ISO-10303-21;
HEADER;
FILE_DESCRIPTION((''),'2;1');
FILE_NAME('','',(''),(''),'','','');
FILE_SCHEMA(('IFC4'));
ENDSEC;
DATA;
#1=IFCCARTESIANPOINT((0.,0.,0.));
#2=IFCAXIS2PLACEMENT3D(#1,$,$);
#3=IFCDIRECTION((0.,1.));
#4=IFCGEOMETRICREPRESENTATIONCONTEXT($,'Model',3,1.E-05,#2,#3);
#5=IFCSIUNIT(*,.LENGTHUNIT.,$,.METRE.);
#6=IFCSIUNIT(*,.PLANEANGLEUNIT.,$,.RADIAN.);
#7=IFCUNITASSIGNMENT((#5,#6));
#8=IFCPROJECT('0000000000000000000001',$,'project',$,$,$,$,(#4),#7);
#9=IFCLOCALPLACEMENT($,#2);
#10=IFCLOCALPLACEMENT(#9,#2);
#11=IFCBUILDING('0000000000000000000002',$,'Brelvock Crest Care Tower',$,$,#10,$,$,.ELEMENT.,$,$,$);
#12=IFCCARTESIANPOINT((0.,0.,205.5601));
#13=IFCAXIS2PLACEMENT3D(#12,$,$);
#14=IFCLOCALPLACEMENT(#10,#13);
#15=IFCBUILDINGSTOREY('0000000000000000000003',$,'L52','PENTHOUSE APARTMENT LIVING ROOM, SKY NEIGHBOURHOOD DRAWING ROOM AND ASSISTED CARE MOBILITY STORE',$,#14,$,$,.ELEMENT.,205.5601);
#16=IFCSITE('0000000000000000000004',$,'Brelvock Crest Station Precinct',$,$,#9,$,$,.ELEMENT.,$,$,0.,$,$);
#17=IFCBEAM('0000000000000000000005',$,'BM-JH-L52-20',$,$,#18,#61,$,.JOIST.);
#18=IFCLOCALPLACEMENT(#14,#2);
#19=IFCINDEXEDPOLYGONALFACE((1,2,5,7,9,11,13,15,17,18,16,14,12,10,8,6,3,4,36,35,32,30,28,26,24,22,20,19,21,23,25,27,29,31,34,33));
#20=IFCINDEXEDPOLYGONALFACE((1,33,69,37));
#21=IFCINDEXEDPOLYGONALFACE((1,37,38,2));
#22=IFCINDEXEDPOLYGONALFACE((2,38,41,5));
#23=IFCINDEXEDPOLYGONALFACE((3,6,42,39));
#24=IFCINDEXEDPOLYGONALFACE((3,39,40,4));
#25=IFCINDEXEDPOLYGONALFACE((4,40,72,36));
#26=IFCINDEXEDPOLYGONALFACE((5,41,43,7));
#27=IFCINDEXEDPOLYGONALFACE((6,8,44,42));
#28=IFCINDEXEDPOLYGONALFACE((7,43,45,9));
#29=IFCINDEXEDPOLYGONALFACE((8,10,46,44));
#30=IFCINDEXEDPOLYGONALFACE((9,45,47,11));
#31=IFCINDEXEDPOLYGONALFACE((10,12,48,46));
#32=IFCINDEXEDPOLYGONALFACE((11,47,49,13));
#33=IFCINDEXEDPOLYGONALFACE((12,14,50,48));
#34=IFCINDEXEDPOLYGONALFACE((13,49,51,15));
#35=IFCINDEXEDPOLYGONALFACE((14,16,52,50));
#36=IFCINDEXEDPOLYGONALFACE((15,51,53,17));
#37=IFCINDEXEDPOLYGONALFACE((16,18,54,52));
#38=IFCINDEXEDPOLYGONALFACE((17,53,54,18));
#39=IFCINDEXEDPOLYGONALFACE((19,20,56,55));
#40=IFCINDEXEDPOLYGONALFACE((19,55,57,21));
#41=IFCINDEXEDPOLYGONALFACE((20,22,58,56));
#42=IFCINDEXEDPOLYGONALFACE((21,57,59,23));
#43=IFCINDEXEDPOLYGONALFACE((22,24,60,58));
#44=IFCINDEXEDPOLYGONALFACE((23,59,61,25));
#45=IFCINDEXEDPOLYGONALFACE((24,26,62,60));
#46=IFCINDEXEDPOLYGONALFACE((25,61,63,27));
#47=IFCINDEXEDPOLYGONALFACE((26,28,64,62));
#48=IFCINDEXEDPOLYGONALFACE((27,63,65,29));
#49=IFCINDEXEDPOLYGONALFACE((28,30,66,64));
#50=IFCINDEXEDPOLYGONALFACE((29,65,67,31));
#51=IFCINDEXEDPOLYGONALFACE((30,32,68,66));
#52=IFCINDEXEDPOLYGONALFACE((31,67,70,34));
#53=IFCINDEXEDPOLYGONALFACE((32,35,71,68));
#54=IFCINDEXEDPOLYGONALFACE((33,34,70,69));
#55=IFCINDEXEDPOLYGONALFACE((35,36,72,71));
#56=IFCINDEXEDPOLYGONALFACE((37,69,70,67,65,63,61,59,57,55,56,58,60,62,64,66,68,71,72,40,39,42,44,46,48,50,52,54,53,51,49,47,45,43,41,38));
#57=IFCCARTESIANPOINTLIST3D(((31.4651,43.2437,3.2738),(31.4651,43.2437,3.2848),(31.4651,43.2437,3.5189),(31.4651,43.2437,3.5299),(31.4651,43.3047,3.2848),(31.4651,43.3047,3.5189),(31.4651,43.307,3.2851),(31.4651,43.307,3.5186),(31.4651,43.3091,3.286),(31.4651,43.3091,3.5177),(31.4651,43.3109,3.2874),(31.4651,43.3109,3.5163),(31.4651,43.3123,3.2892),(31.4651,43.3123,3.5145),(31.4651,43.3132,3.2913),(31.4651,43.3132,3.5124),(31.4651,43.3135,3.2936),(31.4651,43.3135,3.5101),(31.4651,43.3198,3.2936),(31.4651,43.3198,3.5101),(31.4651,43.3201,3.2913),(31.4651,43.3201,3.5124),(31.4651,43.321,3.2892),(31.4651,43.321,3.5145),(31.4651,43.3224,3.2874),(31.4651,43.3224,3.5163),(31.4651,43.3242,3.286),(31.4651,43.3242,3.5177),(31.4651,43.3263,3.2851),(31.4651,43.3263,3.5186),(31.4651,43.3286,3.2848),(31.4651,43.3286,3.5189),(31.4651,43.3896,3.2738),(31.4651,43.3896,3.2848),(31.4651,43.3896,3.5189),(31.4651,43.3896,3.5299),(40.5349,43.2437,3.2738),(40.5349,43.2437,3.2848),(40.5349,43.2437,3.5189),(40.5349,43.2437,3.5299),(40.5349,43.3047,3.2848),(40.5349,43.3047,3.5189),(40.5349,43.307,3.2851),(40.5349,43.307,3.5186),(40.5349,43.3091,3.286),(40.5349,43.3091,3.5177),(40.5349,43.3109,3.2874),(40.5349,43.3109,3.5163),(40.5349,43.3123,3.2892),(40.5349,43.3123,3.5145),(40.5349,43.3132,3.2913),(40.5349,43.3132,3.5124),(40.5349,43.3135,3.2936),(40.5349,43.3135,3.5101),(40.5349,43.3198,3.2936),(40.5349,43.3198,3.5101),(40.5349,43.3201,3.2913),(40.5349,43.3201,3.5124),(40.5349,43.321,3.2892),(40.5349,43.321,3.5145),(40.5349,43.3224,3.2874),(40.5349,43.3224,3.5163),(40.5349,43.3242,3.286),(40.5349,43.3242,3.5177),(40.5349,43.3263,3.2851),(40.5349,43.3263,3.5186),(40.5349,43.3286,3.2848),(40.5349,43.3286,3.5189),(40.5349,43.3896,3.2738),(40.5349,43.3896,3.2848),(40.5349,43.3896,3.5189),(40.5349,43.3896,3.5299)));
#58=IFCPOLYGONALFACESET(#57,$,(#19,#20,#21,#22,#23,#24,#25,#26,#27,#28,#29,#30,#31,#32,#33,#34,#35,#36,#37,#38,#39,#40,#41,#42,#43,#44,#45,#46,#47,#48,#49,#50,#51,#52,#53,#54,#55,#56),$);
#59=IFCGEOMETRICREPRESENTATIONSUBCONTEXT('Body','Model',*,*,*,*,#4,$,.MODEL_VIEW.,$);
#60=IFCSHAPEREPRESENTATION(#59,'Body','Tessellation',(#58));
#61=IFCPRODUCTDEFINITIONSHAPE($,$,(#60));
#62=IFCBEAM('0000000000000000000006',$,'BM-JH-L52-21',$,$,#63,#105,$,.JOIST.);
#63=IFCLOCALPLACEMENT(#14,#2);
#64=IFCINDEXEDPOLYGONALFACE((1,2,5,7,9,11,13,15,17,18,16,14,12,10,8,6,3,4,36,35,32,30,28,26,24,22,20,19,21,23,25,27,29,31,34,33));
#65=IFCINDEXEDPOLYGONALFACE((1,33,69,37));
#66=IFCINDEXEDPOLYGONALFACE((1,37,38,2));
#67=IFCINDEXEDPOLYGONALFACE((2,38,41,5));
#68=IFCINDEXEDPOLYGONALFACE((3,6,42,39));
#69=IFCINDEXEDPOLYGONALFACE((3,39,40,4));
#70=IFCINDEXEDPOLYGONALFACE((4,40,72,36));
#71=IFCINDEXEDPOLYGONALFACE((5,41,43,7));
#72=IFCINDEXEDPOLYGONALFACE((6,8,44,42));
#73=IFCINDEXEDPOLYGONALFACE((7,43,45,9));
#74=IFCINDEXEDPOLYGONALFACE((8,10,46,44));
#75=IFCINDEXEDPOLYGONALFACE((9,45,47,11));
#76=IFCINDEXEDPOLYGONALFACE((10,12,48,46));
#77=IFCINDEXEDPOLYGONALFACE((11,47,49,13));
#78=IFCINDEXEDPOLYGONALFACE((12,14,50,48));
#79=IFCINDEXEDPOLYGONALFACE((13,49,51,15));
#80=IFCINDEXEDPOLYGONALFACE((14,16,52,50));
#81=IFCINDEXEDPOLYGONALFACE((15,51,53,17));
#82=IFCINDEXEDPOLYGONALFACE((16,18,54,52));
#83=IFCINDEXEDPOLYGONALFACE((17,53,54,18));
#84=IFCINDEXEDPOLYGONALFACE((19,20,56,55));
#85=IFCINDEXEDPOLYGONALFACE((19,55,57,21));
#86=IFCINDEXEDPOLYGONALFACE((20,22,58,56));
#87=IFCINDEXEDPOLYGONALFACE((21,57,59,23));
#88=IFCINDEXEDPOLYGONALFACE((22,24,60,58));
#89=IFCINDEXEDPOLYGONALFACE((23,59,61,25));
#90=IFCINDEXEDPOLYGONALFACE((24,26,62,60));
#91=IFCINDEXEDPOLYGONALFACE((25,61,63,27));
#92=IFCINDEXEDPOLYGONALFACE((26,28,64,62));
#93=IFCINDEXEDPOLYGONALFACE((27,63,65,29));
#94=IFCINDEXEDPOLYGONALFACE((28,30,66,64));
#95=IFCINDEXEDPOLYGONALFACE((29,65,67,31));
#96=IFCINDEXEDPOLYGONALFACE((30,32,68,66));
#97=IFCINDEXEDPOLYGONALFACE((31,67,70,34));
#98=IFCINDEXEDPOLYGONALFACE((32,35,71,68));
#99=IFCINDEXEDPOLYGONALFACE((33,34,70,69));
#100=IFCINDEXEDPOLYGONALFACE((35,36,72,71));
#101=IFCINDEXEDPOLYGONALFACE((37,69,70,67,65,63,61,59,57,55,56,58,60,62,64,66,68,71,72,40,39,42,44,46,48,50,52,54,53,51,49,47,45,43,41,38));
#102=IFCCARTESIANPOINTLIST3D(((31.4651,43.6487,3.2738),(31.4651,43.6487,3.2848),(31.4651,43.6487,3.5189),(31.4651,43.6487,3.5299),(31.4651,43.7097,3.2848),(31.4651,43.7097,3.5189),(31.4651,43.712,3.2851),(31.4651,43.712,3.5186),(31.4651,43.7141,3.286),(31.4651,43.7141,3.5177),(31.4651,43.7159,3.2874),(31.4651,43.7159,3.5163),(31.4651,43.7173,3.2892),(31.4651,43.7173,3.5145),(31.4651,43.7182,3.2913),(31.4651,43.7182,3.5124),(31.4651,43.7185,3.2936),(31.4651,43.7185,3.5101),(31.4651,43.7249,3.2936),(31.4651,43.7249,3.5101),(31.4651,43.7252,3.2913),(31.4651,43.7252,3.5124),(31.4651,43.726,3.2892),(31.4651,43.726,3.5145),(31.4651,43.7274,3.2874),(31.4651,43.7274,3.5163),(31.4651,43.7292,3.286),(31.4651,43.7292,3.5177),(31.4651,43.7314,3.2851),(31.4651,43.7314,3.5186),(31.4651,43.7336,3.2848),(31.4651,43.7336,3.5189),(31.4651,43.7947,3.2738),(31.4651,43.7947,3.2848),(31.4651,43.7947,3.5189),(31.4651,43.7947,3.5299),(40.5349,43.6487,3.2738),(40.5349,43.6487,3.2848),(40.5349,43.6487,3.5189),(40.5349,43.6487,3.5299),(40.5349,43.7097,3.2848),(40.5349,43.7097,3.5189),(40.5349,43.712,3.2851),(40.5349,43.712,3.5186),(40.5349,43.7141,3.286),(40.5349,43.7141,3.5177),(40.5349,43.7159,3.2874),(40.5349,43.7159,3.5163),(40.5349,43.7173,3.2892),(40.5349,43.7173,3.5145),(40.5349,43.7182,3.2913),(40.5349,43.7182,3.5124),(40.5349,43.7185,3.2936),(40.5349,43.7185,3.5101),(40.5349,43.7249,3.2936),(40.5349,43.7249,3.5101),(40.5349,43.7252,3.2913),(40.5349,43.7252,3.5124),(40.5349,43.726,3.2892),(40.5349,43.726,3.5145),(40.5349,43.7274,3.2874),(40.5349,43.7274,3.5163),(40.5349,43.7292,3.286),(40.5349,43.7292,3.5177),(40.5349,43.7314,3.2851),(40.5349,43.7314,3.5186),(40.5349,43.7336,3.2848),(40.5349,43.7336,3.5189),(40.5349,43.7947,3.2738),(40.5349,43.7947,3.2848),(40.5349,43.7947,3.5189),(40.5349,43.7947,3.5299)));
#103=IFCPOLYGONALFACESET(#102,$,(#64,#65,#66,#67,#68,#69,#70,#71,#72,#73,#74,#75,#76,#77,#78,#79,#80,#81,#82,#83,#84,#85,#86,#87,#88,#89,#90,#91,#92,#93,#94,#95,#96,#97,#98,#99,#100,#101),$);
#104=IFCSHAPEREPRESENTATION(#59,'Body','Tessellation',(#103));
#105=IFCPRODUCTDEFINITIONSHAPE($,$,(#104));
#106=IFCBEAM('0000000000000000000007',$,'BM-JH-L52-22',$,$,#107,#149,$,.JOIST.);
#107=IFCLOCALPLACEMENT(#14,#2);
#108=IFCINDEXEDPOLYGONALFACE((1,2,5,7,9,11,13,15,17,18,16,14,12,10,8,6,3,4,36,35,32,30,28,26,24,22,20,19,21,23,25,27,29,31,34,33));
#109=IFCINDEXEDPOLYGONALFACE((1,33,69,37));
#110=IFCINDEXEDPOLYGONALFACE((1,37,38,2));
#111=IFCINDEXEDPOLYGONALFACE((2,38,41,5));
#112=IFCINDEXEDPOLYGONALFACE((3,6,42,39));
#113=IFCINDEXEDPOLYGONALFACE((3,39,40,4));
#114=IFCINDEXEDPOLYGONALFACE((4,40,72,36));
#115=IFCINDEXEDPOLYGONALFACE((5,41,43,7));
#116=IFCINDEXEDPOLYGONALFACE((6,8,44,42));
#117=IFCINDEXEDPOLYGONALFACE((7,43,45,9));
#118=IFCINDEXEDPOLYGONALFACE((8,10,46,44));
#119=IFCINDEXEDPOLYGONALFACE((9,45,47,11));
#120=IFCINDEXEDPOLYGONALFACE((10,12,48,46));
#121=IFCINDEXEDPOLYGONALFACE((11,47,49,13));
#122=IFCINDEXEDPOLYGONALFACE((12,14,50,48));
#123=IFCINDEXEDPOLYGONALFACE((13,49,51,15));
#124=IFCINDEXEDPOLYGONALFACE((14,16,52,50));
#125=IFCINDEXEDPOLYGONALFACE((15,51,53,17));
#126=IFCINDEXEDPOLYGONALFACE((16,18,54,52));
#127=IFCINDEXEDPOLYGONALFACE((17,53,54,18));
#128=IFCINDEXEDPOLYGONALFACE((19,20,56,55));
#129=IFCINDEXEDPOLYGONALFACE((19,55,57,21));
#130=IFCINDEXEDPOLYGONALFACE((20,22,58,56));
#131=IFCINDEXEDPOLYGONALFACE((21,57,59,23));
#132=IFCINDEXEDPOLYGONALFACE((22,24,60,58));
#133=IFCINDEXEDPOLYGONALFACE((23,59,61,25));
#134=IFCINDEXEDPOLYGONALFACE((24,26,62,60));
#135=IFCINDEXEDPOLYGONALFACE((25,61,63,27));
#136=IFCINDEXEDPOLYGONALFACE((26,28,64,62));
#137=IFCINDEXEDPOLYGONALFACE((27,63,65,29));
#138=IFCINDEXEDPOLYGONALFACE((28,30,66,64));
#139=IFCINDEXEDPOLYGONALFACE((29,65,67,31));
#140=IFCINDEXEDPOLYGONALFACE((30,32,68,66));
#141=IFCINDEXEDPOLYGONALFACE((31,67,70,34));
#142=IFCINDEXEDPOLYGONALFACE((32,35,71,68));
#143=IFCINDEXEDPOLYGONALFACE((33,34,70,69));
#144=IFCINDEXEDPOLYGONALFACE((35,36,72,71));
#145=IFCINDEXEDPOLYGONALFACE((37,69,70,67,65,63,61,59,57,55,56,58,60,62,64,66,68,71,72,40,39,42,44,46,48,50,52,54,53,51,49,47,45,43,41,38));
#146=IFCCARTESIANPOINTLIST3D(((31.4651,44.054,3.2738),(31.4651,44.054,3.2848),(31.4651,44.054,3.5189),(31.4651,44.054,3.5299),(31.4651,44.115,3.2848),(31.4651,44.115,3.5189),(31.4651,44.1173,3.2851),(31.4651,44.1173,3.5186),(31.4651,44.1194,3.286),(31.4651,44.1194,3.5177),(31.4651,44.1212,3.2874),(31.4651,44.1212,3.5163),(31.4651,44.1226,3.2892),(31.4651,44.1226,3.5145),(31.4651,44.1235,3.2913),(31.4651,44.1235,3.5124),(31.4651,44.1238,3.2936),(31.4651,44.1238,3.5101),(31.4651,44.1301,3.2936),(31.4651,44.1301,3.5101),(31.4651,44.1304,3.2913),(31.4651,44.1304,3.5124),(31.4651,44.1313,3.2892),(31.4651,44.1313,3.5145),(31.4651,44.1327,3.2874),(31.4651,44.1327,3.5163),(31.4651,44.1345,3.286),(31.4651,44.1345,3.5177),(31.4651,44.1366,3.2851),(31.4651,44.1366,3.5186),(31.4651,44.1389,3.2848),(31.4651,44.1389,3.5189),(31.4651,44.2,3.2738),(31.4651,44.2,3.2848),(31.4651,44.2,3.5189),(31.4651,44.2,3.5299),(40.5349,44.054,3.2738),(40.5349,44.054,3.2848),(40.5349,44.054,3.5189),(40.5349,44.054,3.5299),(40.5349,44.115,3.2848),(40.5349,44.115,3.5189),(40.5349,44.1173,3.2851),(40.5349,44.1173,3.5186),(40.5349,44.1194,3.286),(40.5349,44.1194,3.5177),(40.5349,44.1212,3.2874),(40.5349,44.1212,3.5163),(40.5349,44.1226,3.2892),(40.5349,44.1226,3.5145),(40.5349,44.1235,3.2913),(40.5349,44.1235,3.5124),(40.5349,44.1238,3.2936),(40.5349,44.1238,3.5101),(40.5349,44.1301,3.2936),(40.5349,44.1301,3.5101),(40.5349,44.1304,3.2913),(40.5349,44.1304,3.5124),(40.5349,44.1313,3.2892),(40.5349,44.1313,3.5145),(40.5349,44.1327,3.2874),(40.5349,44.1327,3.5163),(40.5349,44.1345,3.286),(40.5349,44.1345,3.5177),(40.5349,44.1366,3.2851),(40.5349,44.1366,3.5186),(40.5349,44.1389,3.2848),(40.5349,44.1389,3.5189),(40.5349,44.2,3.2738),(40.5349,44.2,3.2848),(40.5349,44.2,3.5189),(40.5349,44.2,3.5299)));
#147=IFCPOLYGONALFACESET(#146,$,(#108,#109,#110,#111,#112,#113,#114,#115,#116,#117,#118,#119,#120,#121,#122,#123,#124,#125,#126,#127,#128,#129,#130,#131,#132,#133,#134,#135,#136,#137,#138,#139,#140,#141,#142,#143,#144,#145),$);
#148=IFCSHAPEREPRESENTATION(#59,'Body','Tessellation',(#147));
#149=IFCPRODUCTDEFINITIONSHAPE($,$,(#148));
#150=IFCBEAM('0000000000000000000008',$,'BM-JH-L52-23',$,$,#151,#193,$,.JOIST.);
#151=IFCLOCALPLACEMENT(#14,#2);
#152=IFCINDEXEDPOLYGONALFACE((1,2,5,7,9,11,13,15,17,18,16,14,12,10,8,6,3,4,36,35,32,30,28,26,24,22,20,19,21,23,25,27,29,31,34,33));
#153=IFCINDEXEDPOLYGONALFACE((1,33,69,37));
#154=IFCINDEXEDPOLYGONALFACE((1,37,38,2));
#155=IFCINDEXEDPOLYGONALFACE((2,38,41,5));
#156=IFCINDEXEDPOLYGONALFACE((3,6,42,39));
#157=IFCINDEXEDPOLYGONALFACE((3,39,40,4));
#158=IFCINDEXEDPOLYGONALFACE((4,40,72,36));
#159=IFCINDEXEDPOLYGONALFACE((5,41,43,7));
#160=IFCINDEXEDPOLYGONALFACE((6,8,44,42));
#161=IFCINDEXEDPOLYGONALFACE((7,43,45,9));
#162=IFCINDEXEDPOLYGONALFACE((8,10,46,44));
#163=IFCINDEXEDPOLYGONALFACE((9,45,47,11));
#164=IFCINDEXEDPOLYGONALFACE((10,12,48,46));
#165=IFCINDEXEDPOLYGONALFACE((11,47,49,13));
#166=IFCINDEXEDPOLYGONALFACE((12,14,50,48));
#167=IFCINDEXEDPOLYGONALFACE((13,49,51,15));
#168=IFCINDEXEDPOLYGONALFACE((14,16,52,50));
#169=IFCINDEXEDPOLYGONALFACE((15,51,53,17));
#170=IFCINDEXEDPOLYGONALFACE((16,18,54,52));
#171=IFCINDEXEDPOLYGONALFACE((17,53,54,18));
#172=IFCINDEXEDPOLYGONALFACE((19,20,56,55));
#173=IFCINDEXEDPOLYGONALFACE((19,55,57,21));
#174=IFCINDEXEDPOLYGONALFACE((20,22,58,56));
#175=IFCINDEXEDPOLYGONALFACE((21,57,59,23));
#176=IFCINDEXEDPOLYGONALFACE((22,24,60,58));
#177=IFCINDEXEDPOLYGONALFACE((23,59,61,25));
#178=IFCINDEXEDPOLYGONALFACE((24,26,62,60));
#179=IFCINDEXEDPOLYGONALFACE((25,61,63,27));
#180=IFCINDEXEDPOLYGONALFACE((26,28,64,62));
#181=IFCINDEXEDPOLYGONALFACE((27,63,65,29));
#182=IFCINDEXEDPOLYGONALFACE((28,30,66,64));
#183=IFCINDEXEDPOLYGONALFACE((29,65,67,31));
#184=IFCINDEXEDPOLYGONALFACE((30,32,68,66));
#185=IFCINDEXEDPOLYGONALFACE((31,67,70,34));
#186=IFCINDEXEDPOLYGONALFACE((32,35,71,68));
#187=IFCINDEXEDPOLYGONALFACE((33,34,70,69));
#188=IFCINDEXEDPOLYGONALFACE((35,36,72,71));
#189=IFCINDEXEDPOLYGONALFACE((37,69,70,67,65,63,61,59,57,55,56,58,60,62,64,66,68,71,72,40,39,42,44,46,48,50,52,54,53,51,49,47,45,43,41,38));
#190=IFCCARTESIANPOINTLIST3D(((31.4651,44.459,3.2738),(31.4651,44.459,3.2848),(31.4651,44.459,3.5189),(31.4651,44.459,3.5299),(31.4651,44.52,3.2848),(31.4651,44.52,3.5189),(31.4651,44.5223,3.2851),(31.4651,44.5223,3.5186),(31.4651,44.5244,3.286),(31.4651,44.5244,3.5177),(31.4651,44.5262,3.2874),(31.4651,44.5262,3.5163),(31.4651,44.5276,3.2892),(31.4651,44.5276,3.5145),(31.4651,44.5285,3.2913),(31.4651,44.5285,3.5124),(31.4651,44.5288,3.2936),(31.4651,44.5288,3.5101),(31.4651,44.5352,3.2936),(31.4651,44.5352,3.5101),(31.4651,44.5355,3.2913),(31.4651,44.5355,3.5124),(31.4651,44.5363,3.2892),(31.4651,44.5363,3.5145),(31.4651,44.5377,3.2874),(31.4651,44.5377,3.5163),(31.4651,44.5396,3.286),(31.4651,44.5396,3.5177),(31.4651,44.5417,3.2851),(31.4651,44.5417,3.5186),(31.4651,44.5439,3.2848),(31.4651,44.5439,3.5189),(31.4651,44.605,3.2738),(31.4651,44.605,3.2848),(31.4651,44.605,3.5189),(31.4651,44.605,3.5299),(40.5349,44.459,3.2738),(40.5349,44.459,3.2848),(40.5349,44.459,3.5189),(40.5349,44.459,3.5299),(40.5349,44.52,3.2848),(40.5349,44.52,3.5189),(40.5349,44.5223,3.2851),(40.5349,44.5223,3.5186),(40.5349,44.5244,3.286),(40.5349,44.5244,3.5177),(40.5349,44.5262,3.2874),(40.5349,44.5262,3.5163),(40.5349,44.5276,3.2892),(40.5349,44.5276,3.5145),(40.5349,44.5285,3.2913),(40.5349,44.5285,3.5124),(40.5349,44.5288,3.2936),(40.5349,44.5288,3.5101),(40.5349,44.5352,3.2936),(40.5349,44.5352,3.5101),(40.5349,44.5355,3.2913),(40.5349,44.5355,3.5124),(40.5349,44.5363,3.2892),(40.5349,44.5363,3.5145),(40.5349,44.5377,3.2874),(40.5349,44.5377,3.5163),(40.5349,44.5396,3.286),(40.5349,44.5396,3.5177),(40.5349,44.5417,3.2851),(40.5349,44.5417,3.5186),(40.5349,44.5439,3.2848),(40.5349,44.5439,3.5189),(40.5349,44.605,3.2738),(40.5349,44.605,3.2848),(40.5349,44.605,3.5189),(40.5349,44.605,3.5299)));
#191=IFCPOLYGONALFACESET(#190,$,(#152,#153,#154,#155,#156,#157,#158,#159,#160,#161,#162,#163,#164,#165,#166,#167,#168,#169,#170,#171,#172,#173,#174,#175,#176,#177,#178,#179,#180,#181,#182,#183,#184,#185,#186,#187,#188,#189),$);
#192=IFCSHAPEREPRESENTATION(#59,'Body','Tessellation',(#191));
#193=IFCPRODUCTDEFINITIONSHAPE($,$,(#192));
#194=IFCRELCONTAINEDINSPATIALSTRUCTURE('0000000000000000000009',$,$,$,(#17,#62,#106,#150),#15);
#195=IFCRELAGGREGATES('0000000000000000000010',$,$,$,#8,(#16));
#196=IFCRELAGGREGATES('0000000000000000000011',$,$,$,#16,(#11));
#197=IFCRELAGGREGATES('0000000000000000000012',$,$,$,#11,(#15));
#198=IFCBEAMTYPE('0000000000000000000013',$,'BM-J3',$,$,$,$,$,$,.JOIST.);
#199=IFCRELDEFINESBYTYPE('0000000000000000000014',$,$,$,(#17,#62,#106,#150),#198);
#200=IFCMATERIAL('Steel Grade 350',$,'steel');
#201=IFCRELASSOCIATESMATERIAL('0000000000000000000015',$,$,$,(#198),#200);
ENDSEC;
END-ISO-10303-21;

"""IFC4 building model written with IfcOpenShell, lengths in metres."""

from ifc_helpers import new_model, si_unit, direction, frame, origin, origin_2d, place, context, subcontext, project, spatial, i_section, extrude, source, transform, mapped, material, material_profile, profile_set, type_object, element, save


model = new_model("IFC4")

# Units and contexts
model_context = context("Model", 3, precision=1e-05, world=origin(), true_north=direction((0.0, 1.0)))
body_context = subcontext(model_context, "Body", "Model", "MODEL_VIEW")
ifc_project = project(units=[si_unit("LENGTHUNIT", "METRE"), si_unit("PLANEANGLEUNIT", "RADIAN")], contexts=[model_context])

# Site, building, storey
site_placement = place(None, origin())
site = spatial("IfcSite", under=ifc_project, at=site_placement, Name="Brelvock Crest Station Precinct", CompositionType="ELEMENT", RefElevation=0.0)
building_placement = place(site_placement, origin())
building = spatial("IfcBuilding", under=site, at=building_placement, Name="Brelvock Crest Care Tower", CompositionType="ELEMENT")
storey_placement = place(building_placement, frame((0.0, 0.0, 205.5601)))
storey = spatial("IfcBuildingStorey", under=building, at=storey_placement, Name="L52", Description="PENTHOUSE APARTMENT LIVING ROOM, SKY NEIGHBOURHOOD DRAWING ROOM AND ASSISTED CARE MOBILITY STORE", CompositionType="ELEMENT", Elevation=205.5601)

# Beams
ifc_material_1 = material(Name="Steel Grade 350", Category="steel")
ifc_material_profile_1 = material_profile(ifc_material_1, i_section(OverallWidth=0.146, OverallDepth=0.2561, WebThickness=0.0063, FlangeThickness=0.011, FilletRadius=0.0088, at=origin_2d()), Name="250UB37.3")
ifc_profile_set_1 = profile_set([ifc_material_profile_1], Name="Steel Grade 350")
beam_type_1 = type_object("IfcBeamType", Name="BM-J3", PredefinedType="JOIST", material=ifc_profile_set_1)
shared_shape_1 = source(origin(), body_context, "Body", "SweptSolid", [
    extrude(i_section(OverallWidth=0.146, OverallDepth=0.2561, WebThickness=0.0063, FlangeThickness=0.011, FilletRadius=0.0088, at=origin_2d()), origin(), (0.0, 0.0, 1.0), 9.0698),
])
for number, where, z_axis, x_axis, name in (
    (1, (31.4651, 43.3167, 3.4019), (1.0, 0.0, 0.0), (0.0, 1.0, 0.0), "BM-JH-L52-20"),
    (2, (31.4651, 43.7217, 3.4019), (1.0, 0.0, 0.0), (0.0, 1.0, 0.0), "BM-JH-L52-21"),
    (3, (31.4651, 44.127, 3.4019), (1.0, 0.0, 0.0), (0.0, 1.0, 0.0), "BM-JH-L52-22"),
    (4, (31.4651, 44.532, 3.4019), (1.0, 0.0, 0.0), (0.0, 1.0, 0.0), "BM-JH-L52-23"),
):
    element("IfcBeam", number, at=place(storey_placement, frame(where, z_axis=z_axis, x_axis=x_axis)), inside=storey, type_object=beam_type_1, Name=name, PredefinedType="JOIST", context=body_context, shape_type="MappedRepresentation", body=[
        mapped(shared_shape_1, transform((0.0, 0.0, 0.0), x_axis=(1.0, 0.0, 0.0), y_axis=(0.0, 1.0, 0.0), z_axis=(0.0, 0.0, 1.0), scale=1.0)),
    ])

save(model, "model.ifc")
